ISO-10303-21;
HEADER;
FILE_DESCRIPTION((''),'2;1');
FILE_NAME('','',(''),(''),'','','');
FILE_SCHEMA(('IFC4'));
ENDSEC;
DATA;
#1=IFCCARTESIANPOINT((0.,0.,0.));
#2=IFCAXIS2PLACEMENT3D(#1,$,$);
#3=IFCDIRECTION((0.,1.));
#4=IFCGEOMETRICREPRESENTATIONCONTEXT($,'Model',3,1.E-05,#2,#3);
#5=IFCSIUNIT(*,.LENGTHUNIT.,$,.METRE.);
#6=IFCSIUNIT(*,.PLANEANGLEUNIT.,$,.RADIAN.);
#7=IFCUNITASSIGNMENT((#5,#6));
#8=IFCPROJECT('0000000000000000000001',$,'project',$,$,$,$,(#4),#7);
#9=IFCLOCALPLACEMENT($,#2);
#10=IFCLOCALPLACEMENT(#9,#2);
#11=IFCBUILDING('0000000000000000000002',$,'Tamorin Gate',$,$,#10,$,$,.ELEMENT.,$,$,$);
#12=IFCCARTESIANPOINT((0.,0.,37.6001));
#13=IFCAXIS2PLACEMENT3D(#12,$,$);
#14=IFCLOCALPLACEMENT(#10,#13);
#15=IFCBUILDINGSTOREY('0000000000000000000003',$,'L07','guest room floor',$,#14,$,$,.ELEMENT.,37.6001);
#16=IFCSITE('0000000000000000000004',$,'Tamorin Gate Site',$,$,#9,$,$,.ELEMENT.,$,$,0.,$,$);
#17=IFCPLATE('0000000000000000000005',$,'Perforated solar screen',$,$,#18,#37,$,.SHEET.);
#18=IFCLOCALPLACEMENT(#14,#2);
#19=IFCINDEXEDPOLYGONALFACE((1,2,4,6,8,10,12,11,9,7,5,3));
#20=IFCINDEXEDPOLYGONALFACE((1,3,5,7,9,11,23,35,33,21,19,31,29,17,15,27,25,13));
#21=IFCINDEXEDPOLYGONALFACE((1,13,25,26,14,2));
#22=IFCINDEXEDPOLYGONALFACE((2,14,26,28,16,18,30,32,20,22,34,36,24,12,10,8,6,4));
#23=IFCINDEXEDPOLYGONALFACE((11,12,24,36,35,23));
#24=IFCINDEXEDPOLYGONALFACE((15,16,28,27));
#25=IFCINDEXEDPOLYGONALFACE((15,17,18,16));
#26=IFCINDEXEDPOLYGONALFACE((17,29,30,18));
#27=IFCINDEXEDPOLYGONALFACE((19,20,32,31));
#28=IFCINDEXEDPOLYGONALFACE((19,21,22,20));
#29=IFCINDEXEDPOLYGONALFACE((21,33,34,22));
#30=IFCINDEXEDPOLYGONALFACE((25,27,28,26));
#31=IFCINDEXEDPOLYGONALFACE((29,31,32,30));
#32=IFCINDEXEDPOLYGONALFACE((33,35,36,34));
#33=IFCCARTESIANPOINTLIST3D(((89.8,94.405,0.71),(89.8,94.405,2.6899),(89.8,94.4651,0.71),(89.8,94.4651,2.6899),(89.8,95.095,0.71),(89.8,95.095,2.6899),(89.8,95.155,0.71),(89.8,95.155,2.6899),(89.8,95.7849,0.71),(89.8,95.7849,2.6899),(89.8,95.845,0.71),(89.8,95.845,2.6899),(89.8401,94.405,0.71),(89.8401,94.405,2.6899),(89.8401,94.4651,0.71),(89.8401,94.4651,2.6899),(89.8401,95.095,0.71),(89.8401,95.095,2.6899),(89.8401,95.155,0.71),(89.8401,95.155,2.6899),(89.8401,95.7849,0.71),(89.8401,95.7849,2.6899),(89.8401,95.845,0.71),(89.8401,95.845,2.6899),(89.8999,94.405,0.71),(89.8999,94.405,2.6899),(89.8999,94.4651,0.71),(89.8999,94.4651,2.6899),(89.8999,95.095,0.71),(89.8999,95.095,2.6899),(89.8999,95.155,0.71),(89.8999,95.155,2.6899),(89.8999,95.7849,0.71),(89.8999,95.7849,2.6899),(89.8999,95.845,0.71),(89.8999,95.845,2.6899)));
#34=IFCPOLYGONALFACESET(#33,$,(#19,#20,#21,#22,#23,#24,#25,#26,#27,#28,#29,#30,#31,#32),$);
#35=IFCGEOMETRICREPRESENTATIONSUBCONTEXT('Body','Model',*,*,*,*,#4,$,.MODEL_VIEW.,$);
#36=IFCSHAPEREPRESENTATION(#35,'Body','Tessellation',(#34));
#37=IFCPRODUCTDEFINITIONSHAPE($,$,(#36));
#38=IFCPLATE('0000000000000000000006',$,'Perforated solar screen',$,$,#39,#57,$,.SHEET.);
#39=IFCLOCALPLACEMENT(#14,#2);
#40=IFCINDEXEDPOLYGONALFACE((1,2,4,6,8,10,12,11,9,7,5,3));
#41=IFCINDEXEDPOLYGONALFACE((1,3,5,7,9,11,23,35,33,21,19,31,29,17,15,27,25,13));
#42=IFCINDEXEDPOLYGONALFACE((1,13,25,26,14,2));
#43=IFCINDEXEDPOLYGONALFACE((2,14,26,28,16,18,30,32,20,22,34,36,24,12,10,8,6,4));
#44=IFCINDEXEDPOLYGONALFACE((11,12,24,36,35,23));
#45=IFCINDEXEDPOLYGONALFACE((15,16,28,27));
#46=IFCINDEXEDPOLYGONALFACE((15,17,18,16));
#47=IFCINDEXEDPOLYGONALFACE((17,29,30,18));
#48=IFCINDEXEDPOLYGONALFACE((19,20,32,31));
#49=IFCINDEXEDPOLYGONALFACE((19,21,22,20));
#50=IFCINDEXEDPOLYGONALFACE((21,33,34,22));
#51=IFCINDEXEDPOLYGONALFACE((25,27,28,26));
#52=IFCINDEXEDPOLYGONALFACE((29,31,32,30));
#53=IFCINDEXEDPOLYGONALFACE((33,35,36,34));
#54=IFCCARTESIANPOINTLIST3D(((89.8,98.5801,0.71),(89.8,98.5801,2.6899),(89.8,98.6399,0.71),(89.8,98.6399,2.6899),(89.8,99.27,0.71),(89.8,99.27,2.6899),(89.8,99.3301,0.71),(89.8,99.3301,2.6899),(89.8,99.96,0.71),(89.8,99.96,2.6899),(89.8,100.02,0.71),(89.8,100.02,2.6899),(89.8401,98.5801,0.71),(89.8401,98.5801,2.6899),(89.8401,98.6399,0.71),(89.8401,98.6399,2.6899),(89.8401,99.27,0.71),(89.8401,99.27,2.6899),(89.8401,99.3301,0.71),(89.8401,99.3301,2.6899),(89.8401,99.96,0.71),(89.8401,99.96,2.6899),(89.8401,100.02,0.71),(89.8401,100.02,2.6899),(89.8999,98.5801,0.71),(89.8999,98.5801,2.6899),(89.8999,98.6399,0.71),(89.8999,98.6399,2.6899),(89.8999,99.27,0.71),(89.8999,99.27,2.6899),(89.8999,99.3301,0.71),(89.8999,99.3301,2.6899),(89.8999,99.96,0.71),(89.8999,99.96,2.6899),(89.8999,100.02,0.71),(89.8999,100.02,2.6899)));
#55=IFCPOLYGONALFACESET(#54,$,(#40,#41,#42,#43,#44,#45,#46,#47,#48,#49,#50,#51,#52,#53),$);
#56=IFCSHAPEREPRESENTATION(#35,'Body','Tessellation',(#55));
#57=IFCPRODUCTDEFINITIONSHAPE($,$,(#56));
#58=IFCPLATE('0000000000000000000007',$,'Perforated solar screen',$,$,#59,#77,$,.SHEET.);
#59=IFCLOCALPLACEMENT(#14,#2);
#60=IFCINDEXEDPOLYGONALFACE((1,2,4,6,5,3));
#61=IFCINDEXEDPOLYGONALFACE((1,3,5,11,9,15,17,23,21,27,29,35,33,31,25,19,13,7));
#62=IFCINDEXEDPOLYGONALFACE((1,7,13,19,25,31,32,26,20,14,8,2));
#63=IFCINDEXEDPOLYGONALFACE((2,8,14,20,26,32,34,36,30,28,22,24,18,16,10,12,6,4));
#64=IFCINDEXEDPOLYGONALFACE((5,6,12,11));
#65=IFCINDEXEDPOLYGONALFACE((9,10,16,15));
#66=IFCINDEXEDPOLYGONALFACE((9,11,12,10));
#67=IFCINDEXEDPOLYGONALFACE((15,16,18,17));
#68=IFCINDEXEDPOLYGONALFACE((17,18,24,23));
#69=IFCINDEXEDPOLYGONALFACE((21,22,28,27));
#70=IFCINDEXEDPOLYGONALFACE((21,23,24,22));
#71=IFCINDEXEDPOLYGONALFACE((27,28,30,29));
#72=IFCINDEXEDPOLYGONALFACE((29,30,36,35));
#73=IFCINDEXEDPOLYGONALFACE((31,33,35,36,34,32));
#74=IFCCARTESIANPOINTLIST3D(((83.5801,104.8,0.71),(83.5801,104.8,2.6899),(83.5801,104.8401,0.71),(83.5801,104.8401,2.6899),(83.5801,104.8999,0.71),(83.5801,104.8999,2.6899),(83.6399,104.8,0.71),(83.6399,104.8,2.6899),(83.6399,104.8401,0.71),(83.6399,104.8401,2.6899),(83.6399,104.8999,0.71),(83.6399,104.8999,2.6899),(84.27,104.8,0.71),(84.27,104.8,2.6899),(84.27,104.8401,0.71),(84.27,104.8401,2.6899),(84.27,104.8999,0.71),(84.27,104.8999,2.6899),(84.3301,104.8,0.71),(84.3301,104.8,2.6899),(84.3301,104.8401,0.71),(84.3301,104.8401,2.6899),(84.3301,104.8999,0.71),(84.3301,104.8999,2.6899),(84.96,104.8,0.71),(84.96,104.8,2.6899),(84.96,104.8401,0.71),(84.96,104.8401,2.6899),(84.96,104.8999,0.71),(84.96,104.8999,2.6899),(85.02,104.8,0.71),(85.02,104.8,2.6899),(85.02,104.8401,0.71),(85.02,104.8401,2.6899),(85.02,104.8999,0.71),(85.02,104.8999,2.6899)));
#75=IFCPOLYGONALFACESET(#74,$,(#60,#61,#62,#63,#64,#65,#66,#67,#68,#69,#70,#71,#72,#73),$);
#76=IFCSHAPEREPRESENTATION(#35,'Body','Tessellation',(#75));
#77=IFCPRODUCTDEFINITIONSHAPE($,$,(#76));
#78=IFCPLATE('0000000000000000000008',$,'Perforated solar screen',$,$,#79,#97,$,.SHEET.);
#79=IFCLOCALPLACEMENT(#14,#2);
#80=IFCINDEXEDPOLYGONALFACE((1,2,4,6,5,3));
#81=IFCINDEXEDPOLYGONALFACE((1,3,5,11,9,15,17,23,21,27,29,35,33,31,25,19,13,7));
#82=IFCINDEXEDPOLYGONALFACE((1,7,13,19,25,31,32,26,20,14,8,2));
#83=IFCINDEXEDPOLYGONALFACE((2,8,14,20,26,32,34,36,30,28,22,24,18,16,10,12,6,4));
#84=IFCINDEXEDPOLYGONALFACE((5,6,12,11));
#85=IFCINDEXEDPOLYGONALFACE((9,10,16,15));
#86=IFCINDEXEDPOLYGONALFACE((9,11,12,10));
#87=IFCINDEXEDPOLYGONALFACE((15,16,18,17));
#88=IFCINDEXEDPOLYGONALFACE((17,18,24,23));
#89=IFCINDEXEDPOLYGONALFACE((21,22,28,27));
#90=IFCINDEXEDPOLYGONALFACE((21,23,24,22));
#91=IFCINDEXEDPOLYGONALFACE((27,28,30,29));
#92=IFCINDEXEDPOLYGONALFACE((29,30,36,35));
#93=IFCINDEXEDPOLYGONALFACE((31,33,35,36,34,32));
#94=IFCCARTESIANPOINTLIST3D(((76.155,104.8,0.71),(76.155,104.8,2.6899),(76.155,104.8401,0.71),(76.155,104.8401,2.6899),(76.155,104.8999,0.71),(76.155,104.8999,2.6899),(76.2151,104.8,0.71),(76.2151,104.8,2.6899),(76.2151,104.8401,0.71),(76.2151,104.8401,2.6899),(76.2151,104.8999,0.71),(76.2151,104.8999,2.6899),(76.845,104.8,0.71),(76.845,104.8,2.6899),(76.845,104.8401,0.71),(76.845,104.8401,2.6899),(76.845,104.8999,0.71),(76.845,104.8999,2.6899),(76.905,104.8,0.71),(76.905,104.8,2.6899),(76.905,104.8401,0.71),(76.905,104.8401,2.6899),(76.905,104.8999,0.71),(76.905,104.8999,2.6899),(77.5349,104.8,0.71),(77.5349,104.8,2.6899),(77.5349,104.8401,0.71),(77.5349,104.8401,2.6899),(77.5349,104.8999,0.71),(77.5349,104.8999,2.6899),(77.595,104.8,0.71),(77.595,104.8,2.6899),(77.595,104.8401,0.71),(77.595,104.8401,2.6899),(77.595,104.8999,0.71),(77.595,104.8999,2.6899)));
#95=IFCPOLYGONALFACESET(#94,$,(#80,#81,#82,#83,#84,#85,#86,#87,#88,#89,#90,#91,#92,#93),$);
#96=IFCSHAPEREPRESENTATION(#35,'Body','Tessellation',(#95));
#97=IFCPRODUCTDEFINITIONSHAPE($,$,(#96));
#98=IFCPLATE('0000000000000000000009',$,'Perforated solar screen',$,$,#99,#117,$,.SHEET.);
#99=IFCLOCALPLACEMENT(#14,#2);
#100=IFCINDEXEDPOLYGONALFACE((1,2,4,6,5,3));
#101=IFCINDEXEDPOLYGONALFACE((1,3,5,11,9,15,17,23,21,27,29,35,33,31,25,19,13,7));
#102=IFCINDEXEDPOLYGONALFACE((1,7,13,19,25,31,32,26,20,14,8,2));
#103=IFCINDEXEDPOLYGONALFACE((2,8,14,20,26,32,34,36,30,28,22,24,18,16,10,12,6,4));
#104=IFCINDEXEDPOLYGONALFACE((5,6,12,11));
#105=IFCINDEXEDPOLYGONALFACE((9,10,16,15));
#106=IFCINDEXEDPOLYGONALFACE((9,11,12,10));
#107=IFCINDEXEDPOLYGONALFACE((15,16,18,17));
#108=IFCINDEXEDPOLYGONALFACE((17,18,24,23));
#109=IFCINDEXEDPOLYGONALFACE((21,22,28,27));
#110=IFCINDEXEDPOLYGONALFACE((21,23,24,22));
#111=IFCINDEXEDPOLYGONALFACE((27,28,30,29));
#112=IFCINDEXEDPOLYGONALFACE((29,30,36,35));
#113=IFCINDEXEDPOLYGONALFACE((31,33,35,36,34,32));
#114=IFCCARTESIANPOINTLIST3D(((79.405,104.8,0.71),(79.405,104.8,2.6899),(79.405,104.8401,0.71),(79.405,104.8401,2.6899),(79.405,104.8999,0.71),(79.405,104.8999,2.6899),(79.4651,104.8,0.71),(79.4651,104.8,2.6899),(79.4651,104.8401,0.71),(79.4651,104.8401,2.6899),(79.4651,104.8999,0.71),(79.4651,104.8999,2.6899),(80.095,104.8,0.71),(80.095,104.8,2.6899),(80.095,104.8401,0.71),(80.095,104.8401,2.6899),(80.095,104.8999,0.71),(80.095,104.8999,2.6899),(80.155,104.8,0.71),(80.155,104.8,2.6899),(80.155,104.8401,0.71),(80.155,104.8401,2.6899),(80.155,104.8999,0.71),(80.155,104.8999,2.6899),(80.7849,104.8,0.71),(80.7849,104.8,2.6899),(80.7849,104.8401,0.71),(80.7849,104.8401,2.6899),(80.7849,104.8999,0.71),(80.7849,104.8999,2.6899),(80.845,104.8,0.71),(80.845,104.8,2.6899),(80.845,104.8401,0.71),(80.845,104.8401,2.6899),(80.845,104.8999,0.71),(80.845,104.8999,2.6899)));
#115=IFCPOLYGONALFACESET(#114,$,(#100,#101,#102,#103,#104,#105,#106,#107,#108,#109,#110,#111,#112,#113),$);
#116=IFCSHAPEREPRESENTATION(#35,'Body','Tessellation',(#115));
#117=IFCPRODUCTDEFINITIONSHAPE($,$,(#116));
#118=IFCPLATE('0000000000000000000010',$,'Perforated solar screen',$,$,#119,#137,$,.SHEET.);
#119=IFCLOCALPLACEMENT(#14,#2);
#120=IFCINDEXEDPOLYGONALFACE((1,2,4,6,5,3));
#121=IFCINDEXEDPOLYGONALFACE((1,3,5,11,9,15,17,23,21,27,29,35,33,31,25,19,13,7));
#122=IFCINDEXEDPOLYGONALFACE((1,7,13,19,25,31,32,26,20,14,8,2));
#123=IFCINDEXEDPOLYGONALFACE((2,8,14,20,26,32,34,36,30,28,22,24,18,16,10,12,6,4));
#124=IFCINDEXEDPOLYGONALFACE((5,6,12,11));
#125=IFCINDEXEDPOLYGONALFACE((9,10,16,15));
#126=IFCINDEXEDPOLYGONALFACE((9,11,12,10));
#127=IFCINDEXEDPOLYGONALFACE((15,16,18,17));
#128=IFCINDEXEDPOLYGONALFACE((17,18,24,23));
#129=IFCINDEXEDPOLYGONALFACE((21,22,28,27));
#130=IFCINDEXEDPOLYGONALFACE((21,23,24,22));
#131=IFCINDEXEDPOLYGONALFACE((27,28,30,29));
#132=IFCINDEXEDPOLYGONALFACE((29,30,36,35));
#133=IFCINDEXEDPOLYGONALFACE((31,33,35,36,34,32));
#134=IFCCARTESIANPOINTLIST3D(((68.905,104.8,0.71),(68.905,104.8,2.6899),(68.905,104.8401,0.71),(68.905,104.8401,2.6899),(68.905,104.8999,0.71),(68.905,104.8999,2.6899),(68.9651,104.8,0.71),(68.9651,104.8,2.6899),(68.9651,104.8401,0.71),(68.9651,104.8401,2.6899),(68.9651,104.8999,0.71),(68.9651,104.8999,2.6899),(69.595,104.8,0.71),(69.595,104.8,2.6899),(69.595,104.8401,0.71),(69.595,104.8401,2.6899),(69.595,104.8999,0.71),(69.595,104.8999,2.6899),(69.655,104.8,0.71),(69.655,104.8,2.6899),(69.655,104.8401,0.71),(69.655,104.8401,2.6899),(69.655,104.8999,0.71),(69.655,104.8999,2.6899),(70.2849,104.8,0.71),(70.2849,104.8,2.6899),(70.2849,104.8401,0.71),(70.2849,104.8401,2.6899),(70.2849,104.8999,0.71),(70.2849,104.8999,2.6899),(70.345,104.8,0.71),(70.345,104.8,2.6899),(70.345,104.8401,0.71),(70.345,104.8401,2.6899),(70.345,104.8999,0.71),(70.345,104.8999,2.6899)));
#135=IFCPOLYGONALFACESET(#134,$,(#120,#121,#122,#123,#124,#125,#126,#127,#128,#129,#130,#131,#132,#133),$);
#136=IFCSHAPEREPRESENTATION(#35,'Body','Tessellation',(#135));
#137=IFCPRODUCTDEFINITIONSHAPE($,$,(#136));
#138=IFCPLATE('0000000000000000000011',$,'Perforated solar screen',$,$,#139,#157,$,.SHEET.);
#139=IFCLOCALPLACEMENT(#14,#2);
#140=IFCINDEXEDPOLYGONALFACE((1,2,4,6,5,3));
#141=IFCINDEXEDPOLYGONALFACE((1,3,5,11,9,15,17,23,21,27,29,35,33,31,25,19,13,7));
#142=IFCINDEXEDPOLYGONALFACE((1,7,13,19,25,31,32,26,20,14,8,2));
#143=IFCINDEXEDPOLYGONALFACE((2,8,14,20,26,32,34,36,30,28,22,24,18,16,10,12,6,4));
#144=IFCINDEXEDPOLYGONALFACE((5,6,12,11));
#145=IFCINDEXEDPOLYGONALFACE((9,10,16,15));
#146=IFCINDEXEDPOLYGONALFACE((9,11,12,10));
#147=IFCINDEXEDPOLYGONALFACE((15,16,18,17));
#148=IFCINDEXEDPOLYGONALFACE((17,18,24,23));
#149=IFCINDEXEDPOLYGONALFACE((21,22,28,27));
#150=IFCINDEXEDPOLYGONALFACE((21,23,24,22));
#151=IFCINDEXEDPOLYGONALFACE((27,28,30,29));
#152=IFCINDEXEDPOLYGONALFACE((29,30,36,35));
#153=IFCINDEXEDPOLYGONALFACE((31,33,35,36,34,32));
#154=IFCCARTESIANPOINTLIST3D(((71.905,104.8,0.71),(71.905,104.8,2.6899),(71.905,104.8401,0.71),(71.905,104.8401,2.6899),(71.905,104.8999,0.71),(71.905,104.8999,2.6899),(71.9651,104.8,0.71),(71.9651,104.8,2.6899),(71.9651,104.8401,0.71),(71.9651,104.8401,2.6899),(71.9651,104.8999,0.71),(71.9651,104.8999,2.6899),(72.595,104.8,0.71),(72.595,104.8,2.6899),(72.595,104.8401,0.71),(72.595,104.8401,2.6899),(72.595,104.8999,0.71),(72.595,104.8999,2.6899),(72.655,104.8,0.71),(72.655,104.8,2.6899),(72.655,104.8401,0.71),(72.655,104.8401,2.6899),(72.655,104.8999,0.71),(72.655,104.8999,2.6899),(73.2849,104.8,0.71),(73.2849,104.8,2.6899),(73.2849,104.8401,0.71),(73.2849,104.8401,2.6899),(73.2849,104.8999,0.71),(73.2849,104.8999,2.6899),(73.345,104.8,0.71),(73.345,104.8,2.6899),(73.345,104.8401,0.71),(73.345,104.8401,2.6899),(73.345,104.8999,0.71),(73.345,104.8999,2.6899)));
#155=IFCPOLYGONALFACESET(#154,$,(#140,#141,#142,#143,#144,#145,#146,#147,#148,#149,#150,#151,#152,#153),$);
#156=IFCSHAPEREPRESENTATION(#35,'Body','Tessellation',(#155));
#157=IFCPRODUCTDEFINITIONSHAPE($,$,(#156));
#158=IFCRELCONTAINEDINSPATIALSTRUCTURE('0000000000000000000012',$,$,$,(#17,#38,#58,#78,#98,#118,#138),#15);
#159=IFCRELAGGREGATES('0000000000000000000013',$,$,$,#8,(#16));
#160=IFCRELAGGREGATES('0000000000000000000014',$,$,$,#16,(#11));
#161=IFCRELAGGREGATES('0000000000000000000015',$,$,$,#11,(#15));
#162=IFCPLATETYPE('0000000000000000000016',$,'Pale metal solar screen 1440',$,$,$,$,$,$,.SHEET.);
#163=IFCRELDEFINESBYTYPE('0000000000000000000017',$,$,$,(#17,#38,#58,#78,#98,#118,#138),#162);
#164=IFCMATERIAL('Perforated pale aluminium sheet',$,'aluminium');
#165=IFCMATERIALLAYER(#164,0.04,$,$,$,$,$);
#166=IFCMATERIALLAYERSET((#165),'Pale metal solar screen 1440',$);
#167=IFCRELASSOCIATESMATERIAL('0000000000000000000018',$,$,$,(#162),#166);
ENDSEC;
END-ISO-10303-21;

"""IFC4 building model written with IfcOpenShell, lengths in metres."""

from ifc_helpers import new_model, si_unit, direction, frame, origin, place, context, subcontext, project, spatial, polyline, outline, extrude, material, layer, layer_set, type_object, element, save


model = new_model("IFC4")

# Units and contexts
model_context = context("Model", 3, precision=1e-05, world=origin(), true_north=direction((0.0, 1.0)))
body_context = subcontext(model_context, "Body", "Model", "MODEL_VIEW")
ifc_project = project(units=[si_unit("LENGTHUNIT", "METRE"), si_unit("PLANEANGLEUNIT", "RADIAN")], contexts=[model_context])

# Site, building, storey
site_placement = place(None, origin())
site = spatial("IfcSite", under=ifc_project, at=site_placement, Name="Tamorin Gate Site", CompositionType="ELEMENT", RefElevation=0.0)
building_placement = place(site_placement, origin())
building = spatial("IfcBuilding", under=site, at=building_placement, Name="Tamorin Gate", CompositionType="ELEMENT")
storey_placement = place(building_placement, frame((0.0, 0.0, 37.6001)))
storey = spatial("IfcBuildingStorey", under=building, at=storey_placement, Name="L07", Description="guest room floor", CompositionType="ELEMENT", Elevation=37.6001)

# Plates
ifc_material = material(Name="Perforated pale aluminium sheet", Category="aluminium")
ifc_layer = layer(ifc_material, 0.04)
ifc_layer_set = layer_set([ifc_layer], Name="Pale metal solar screen 1440")
plate_type = type_object("IfcPlateType", Name="Pale metal solar screen 1440", PredefinedType="SHEET", material=ifc_layer_set)
plate_1_placement = place(storey_placement, frame((0.0, 0.0, 0.71)))
element("IfcPlate", 1, at=plate_1_placement, inside=storey, type_object=plate_type, Name="Perforated solar screen", PredefinedType="SHEET", context=body_context, shape_type="SweptSolid", body=[
    extrude(outline(polyline([(89.8401, 94.405), (89.8, 94.405), (89.8, 94.4651), (89.8, 95.095), (89.8, 95.155), (89.8, 95.7849), (89.8, 95.845), (89.8401, 95.845), (89.8999, 95.845), (89.8999, 95.7849), (89.8401, 95.7849), (89.8401, 95.155), (89.8999, 95.155), (89.8999, 95.095), (89.8401, 95.095), (89.8401, 94.4651), (89.8999, 94.4651), (89.8999, 94.405), (89.8401, 94.405)])), origin(), (0.0, 0.0, 1.0), 1.98),
])
plate_2_placement = place(storey_placement, frame((0.0, 0.0, 0.71)))
element("IfcPlate", 2, at=plate_2_placement, inside=storey, type_object=plate_type, Name="Perforated solar screen", PredefinedType="SHEET", context=body_context, shape_type="SweptSolid", body=[
    extrude(outline(polyline([(89.8401, 98.5801), (89.8, 98.5801), (89.8, 98.6399), (89.8, 99.27), (89.8, 99.3301), (89.8, 99.96), (89.8, 100.02), (89.8401, 100.02), (89.8999, 100.02), (89.8999, 99.96), (89.8401, 99.96), (89.8401, 99.3301), (89.8999, 99.3301), (89.8999, 99.27), (89.8401, 99.27), (89.8401, 98.6399), (89.8999, 98.6399), (89.8999, 98.5801), (89.8401, 98.5801)])), origin(), (0.0, 0.0, 1.0), 1.98),
])
plate_3_placement = place(storey_placement, frame((0.0, 0.0, 0.71)))
element("IfcPlate", 3, at=plate_3_placement, inside=storey, type_object=plate_type, Name="Perforated solar screen", PredefinedType="SHEET", context=body_context, shape_type="SweptSolid", body=[
    extrude(outline(polyline([(85.02, 104.8401), (85.02, 104.8), (84.96, 104.8), (84.3301, 104.8), (84.27, 104.8), (83.6399, 104.8), (83.5801, 104.8), (83.5801, 104.8401), (83.5801, 104.8999), (83.6399, 104.8999), (83.6399, 104.8401), (84.27, 104.8401), (84.27, 104.8999), (84.3301, 104.8999), (84.3301, 104.8401), (84.96, 104.8401), (84.96, 104.8999), (85.02, 104.8999), (85.02, 104.8401)])), origin(), (0.0, 0.0, 1.0), 1.98),
])
plate_4_placement = place(storey_placement, frame((0.0, 0.0, 0.71)))
element("IfcPlate", 4, at=plate_4_placement, inside=storey, type_object=plate_type, Name="Perforated solar screen", PredefinedType="SHEET", context=body_context, shape_type="SweptSolid", body=[
    extrude(outline(polyline([(77.595, 104.8401), (77.595, 104.8), (77.5349, 104.8), (76.905, 104.8), (76.845, 104.8), (76.2151, 104.8), (76.155, 104.8), (76.155, 104.8401), (76.155, 104.8999), (76.2151, 104.8999), (76.2151, 104.8401), (76.845, 104.8401), (76.845, 104.8999), (76.905, 104.8999), (76.905, 104.8401), (77.5349, 104.8401), (77.5349, 104.8999), (77.595, 104.8999), (77.595, 104.8401)])), origin(), (0.0, 0.0, 1.0), 1.98),
])
plate_5_placement = place(storey_placement, frame((0.0, 0.0, 0.71)))
element("IfcPlate", 5, at=plate_5_placement, inside=storey, type_object=plate_type, Name="Perforated solar screen", PredefinedType="SHEET", context=body_context, shape_type="SweptSolid", body=[
    extrude(outline(polyline([(80.845, 104.8401), (80.845, 104.8), (80.7849, 104.8), (80.155, 104.8), (80.095, 104.8), (79.4651, 104.8), (79.405, 104.8), (79.405, 104.8), (79.405, 104.8401), (79.405, 104.8401), (79.405, 104.8999), (79.4651, 104.8999), (79.4651, 104.8401), (80.095, 104.8401), (80.095, 104.8999), (80.155, 104.8999), (80.155, 104.8401), (80.7849, 104.8401), (80.7849, 104.8999), (80.845, 104.8999), (80.845, 104.8401)])), origin(), (0.0, 0.0, 1.0), 1.98),
])
plate_6_placement = place(storey_placement, frame((0.0, 0.0, 0.71)))
element("IfcPlate", 6, at=plate_6_placement, inside=storey, type_object=plate_type, Name="Perforated solar screen", PredefinedType="SHEET", context=body_context, shape_type="SweptSolid", body=[
    extrude(outline(polyline([(70.345, 104.8401), (70.345, 104.8), (70.2849, 104.8), (69.655, 104.8), (69.595, 104.8), (68.9651, 104.8), (68.905, 104.8), (68.905, 104.8401), (68.905, 104.8999), (68.9651, 104.8999), (68.9651, 104.8401), (69.595, 104.8401), (69.595, 104.8999), (69.655, 104.8999), (69.655, 104.8401), (70.2849, 104.8401), (70.2849, 104.8999), (70.345, 104.8999), (70.345, 104.8401)])), origin(), (0.0, 0.0, 1.0), 1.98),
])
plate_7_placement = place(storey_placement, frame((0.0, 0.0, 0.71)))
element("IfcPlate", 7, at=plate_7_placement, inside=storey, type_object=plate_type, Name="Perforated solar screen", PredefinedType="SHEET", context=body_context, shape_type="SweptSolid", body=[
    extrude(outline(polyline([(73.345, 104.8401), (73.345, 104.8), (73.2849, 104.8), (72.655, 104.8), (72.595, 104.8), (71.9651, 104.8), (71.905, 104.8), (71.905, 104.8401), (71.905, 104.8999), (71.9651, 104.8999), (71.9651, 104.8401), (72.595, 104.8401), (72.595, 104.8999), (72.655, 104.8999), (72.655, 104.8401), (73.2849, 104.8401), (73.2849, 104.8999), (73.345, 104.8999), (73.345, 104.8401)])), origin(), (0.0, 0.0, 1.0), 1.98),
])

save(model, "model.ifc")
